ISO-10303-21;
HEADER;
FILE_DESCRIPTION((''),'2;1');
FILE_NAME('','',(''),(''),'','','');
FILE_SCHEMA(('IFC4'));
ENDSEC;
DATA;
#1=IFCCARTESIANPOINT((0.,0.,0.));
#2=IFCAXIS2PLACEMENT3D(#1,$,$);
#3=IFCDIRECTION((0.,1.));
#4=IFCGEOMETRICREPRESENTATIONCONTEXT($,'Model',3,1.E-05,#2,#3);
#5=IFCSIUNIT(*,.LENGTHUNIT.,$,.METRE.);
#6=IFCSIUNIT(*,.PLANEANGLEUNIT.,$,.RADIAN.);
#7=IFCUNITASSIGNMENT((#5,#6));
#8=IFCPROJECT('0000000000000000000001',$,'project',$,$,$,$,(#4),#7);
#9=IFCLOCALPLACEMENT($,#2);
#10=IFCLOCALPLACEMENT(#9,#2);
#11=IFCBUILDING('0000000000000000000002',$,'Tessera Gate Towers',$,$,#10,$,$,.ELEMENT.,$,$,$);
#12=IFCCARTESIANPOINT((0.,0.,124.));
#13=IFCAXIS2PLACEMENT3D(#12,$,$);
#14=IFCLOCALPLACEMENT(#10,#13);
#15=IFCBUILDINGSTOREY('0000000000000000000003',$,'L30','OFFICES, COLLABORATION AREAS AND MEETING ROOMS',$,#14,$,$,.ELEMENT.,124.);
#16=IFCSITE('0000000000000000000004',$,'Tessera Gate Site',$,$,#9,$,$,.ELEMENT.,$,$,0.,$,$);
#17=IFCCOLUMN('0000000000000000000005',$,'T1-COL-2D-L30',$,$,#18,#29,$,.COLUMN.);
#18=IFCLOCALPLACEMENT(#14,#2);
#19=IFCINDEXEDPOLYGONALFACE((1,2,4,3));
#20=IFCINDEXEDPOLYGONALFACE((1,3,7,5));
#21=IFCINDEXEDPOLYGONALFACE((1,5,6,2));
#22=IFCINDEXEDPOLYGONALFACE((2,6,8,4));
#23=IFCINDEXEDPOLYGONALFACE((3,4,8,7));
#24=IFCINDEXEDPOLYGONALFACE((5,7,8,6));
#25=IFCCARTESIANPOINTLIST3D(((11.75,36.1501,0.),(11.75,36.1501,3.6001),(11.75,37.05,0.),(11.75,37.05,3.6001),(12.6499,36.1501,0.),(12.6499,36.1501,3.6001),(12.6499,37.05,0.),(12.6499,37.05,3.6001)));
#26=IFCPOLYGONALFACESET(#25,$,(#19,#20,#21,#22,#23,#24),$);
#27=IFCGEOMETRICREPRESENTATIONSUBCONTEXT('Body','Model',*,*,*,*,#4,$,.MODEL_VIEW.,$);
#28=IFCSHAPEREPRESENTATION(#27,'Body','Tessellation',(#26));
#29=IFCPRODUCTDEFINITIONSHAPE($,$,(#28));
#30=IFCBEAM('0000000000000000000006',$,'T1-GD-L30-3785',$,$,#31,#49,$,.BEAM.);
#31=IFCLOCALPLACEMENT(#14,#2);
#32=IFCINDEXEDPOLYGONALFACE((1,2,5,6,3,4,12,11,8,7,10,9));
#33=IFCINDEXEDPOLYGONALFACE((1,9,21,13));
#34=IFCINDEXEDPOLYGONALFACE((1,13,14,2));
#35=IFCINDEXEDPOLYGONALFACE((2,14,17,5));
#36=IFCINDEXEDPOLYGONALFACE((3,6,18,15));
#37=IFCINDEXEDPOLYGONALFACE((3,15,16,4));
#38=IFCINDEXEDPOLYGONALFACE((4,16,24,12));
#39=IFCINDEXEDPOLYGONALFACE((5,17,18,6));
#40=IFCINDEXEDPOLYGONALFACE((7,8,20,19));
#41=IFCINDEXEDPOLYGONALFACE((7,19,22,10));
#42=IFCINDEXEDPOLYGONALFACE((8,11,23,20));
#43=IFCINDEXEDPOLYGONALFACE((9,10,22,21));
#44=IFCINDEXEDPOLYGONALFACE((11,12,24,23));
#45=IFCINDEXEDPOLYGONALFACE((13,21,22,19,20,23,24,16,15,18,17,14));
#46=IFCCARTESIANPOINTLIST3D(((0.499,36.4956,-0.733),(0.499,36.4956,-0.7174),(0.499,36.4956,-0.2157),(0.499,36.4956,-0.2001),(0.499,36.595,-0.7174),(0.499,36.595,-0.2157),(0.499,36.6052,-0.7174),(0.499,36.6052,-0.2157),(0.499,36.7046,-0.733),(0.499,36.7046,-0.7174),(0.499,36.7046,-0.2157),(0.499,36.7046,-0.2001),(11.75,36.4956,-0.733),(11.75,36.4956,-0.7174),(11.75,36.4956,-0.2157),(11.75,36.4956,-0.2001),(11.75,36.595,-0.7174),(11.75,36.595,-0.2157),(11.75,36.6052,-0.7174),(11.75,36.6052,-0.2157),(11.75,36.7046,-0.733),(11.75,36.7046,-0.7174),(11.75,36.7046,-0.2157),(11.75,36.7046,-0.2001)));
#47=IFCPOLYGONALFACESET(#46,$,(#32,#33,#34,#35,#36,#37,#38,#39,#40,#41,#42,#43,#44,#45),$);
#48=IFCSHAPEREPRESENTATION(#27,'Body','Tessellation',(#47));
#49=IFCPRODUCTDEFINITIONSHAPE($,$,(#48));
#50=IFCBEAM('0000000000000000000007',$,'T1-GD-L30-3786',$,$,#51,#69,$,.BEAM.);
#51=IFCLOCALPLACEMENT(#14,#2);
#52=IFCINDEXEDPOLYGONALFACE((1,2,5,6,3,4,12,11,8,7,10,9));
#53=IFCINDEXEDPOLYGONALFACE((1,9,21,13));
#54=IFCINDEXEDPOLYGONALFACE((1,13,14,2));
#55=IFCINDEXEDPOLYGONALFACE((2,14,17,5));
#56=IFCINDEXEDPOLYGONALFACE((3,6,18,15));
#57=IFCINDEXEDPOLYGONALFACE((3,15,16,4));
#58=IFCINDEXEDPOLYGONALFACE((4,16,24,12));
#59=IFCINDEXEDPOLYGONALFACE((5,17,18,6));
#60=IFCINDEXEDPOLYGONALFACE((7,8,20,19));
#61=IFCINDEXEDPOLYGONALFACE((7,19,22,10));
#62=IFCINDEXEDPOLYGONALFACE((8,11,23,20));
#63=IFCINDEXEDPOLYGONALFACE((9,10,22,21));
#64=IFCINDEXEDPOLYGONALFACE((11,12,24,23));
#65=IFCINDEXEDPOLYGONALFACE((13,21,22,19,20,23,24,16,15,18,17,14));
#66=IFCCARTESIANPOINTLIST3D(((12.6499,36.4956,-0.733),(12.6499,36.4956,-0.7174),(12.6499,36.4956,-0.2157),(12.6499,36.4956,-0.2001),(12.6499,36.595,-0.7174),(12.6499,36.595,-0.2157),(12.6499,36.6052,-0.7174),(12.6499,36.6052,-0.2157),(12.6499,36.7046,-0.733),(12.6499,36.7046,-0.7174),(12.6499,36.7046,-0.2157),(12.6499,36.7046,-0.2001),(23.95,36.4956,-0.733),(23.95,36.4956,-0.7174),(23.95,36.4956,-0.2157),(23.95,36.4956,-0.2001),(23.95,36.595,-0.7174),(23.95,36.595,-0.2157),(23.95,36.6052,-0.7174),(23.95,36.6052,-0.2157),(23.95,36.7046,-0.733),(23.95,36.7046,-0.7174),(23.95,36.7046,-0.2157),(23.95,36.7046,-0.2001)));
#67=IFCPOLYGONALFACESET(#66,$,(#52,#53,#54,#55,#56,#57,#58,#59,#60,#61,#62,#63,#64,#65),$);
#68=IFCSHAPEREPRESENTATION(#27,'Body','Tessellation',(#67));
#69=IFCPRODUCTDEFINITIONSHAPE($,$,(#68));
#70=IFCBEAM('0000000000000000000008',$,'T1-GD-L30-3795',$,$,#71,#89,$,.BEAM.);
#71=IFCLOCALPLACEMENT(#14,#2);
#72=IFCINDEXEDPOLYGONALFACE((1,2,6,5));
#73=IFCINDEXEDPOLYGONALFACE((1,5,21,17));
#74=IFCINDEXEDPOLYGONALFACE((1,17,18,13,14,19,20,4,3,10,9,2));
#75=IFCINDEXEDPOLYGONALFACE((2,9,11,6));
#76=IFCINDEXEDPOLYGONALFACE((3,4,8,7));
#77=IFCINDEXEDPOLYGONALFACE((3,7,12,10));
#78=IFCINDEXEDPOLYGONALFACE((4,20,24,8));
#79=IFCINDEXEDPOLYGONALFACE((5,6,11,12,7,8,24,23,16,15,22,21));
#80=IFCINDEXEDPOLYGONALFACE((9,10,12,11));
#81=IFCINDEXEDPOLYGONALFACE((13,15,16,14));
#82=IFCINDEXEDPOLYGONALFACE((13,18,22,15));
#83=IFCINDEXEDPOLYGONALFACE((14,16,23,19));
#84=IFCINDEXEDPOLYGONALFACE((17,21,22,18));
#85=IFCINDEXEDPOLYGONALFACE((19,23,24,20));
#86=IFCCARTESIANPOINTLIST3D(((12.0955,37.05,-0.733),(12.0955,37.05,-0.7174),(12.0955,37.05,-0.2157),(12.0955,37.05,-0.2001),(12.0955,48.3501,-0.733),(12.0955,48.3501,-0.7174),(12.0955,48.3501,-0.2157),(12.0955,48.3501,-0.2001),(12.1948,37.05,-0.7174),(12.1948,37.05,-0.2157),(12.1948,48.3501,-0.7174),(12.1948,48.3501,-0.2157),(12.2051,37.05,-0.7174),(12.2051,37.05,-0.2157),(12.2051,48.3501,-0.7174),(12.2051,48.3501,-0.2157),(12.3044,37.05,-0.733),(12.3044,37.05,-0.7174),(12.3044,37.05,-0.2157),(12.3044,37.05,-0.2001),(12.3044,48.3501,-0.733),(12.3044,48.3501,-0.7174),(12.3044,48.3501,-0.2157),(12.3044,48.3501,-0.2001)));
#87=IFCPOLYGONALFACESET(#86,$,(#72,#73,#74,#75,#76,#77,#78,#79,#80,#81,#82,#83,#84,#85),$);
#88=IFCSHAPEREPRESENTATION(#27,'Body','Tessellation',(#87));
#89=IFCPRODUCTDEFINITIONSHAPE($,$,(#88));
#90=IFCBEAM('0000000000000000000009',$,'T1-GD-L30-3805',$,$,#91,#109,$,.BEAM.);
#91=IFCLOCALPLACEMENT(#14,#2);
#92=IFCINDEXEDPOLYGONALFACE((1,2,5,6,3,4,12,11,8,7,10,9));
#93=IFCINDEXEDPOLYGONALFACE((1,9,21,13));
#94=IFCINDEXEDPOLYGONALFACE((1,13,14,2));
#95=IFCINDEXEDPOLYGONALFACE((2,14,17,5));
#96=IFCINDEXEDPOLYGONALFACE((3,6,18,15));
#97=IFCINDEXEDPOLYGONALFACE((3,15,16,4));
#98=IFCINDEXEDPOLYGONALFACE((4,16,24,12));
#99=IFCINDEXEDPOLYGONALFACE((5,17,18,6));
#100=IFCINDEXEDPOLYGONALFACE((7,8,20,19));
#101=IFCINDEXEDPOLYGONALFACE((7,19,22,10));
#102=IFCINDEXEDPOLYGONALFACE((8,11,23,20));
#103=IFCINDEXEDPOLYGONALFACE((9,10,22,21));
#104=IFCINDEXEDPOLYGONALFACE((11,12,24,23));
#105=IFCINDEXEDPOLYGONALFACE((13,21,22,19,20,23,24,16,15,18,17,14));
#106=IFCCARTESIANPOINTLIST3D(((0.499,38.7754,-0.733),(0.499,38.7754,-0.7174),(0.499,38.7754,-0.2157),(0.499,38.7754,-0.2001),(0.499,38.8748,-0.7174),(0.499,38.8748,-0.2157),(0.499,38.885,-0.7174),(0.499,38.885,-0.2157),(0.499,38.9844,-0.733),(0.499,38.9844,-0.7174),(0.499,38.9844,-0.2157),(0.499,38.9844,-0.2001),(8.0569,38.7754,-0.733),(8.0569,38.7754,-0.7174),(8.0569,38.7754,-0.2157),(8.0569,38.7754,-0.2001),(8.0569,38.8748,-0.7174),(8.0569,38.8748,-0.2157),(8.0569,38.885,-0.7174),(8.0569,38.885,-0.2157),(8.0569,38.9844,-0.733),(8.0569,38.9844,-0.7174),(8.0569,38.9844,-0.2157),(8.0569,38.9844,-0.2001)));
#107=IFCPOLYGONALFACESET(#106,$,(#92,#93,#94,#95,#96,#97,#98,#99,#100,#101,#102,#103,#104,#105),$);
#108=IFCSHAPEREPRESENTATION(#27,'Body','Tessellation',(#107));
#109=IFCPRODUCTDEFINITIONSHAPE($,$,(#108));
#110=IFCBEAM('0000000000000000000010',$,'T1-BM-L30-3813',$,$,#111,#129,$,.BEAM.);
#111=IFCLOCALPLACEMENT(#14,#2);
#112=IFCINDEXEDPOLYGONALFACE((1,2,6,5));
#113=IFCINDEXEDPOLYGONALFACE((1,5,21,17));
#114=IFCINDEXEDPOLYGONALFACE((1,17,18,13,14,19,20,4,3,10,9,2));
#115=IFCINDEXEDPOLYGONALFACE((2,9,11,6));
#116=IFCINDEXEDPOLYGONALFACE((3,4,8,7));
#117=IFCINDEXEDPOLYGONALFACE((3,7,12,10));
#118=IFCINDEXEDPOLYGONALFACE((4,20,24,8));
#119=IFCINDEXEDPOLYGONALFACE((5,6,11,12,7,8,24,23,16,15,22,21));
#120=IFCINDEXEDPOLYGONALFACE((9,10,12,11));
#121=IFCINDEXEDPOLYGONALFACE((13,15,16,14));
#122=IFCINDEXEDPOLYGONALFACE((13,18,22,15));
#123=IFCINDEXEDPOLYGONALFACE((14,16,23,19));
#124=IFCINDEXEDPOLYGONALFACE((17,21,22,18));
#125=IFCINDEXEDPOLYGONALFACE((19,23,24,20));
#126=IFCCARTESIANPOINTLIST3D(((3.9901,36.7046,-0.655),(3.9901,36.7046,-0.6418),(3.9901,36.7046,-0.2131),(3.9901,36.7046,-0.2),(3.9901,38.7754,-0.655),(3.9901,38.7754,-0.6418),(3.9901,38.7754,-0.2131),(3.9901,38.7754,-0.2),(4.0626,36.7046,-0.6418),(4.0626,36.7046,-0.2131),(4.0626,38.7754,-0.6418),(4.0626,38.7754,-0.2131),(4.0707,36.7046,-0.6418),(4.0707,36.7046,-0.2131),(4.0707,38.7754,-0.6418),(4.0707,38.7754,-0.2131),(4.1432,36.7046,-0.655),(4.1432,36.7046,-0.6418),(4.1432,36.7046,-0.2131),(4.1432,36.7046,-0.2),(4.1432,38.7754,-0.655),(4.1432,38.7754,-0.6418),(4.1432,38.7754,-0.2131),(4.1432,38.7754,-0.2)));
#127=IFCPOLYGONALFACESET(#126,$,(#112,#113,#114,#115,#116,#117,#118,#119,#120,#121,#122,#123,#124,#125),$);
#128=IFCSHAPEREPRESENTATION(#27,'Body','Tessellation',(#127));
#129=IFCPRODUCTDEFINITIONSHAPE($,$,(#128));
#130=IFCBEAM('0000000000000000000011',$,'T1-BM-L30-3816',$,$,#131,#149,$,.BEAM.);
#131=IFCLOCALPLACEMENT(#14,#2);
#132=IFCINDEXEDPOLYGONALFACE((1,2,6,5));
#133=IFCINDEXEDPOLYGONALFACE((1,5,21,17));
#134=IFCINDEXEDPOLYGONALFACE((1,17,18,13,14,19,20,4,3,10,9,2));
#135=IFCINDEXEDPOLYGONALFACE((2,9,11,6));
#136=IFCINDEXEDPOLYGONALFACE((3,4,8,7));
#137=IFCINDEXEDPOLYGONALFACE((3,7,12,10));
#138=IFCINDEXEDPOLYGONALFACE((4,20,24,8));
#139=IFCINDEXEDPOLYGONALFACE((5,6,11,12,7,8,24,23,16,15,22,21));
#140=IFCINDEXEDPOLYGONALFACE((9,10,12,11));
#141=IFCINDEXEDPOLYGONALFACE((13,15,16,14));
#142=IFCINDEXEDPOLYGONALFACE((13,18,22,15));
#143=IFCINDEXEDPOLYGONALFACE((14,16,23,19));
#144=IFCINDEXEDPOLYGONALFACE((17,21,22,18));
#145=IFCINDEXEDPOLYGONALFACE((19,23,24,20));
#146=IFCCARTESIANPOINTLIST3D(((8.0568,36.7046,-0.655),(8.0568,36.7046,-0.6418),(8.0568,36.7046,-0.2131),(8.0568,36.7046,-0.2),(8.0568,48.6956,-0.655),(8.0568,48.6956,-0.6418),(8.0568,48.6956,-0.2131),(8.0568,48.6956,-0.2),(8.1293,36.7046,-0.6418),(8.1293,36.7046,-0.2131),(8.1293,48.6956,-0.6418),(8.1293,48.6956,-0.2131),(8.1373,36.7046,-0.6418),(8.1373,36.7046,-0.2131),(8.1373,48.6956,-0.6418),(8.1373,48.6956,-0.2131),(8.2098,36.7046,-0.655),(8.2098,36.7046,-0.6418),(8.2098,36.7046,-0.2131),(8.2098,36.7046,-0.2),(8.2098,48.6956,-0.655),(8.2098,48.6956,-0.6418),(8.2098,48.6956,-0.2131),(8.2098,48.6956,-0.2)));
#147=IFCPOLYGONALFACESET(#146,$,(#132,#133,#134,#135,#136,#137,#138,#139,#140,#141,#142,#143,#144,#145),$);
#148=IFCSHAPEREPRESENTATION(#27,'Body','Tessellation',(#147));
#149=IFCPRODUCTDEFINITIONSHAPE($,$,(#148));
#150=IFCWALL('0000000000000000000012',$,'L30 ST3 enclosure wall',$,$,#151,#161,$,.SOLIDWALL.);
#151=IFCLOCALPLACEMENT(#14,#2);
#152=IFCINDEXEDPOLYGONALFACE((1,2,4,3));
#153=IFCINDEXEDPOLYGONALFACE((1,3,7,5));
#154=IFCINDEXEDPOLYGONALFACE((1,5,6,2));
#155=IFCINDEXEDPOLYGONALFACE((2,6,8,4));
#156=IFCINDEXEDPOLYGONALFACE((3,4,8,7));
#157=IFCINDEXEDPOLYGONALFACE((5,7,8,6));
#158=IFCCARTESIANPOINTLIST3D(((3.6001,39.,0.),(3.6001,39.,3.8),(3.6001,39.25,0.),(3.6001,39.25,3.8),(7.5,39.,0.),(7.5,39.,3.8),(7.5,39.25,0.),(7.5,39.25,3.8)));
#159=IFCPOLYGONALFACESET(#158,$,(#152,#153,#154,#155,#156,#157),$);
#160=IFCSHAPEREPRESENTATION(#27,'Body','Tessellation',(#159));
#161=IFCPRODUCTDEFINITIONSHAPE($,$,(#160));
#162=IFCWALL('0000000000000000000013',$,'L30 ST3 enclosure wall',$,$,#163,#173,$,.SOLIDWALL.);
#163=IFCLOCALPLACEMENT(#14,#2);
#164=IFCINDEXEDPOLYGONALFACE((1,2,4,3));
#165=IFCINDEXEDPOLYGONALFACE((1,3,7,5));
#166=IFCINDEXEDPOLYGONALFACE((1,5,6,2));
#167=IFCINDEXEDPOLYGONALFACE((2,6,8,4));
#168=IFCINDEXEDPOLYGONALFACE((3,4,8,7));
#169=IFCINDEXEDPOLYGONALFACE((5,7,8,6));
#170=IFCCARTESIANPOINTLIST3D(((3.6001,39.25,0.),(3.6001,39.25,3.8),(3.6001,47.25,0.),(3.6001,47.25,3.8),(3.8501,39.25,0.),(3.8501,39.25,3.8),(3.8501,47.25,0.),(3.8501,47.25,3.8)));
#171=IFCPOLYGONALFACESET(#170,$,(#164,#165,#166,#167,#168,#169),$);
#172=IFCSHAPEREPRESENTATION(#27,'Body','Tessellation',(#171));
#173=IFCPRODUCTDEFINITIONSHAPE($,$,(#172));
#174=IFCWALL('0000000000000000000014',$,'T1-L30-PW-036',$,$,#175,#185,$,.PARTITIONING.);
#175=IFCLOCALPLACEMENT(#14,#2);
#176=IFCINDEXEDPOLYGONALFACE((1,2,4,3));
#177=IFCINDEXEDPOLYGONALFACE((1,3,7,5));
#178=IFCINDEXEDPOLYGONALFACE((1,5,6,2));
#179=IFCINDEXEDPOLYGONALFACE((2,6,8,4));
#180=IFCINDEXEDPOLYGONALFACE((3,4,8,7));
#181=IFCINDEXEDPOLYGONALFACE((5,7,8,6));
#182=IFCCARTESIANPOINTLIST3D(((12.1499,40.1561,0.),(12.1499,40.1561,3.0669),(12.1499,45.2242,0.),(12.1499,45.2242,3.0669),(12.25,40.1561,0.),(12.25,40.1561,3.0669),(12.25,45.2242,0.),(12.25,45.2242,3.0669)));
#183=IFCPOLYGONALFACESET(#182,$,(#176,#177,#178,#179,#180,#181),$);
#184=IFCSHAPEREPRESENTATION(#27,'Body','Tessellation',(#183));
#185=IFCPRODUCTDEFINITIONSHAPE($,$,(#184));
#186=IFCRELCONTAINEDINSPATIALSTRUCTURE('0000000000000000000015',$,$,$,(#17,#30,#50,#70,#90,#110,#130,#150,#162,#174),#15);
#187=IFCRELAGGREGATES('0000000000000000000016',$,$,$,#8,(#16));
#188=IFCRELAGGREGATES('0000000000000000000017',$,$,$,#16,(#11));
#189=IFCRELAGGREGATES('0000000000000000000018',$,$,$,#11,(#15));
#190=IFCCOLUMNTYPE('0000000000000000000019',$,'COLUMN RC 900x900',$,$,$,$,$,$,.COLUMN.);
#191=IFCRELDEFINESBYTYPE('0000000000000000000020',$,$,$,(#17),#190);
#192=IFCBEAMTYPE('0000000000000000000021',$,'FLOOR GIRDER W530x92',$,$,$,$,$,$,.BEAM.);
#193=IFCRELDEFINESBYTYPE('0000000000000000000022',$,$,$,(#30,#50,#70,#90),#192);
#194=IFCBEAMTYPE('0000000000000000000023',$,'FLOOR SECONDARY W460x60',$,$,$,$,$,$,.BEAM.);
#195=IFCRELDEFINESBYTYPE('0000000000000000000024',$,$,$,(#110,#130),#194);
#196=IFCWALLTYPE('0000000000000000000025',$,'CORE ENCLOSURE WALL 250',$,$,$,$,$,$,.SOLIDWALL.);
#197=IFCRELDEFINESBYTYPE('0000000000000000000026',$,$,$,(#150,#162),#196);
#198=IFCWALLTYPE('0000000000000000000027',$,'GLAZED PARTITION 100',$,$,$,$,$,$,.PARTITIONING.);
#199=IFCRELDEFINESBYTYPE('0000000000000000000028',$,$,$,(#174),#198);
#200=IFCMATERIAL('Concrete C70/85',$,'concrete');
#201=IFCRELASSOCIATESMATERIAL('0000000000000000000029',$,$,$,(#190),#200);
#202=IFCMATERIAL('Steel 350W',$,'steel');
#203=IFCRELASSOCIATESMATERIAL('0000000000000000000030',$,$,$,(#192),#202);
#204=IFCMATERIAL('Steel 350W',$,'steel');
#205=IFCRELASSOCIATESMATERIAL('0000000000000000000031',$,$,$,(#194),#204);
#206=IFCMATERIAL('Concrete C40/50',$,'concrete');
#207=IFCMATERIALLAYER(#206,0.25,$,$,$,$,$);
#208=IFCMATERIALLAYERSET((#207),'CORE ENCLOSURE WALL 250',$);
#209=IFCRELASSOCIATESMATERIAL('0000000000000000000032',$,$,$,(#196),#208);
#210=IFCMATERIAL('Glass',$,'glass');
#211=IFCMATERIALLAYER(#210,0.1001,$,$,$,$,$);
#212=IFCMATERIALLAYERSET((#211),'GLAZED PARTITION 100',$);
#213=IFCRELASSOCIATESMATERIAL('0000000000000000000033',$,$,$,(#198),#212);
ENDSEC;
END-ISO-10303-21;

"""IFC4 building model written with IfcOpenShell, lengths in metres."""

from ifc_helpers import new_model, si_unit, direction, frame, frame_2d, origin, origin_2d, place, context, subcontext, project, spatial, rectangle, i_section, extrude, material, layer, layer_set, material_profile, profile_set, type_object, element, save


model = new_model("IFC4")

# Units and contexts
model_context = context("Model", 3, precision=1e-05, world=origin(), true_north=direction((0.0, 1.0)))
body_context = subcontext(model_context, "Body", "Model", "MODEL_VIEW")
ifc_project = project(units=[si_unit("LENGTHUNIT", "METRE"), si_unit("PLANEANGLEUNIT", "RADIAN")], contexts=[model_context])

# Site, building, storey
site_placement = place(None, origin())
site = spatial("IfcSite", under=ifc_project, at=site_placement, Name="Tessera Gate Site", CompositionType="ELEMENT", RefElevation=0.0)
building_placement = place(site_placement, origin())
building = spatial("IfcBuilding", under=site, at=building_placement, Name="Tessera Gate Towers", CompositionType="ELEMENT")
storey_placement = place(building_placement, frame((0.0, 0.0, 124.0)))
storey = spatial("IfcBuildingStorey", under=building, at=storey_placement, Name="L30", Description="OFFICES, COLLABORATION AREAS AND MEETING ROOMS", CompositionType="ELEMENT", Elevation=124.0)

# Column
ifc_material_1 = material(Name="Concrete C70/85", Category="concrete")
ifc_material_profile_1 = material_profile(ifc_material_1, rectangle(XDim=0.8999, YDim=0.8999, at=origin_2d()), Name="RC 900x900")
ifc_profile_set_1 = profile_set([ifc_material_profile_1], Name="Concrete C70/85")
column_type = type_object("IfcColumnType", Name="COLUMN RC 900x900", PredefinedType="COLUMN", material=ifc_profile_set_1)
column_placement = place(storey_placement, frame((12.2, 36.6001, 0.0), z_axis=(0.0, 0.0, 1.0), x_axis=(1.0, 0.0, 0.0)))
element("IfcColumn", 1, at=column_placement, inside=storey, type_object=column_type, Name="T1-COL-2D-L30", PredefinedType="COLUMN", context=body_context, shape_type="SweptSolid", body=[
    extrude(rectangle(XDim=0.8999, YDim=0.8999, at=origin_2d()), origin(), (0.0, 0.0, 1.0), 3.6001),
])

# Beams
ifc_material_2 = material(Name="Steel 350W", Category="steel")
ifc_material_profile_2 = material_profile(ifc_material_2, i_section(OverallWidth=0.209, OverallDepth=0.533, WebThickness=0.0103, FlangeThickness=0.0156, at=origin_2d()), Name="W530x92")
ifc_profile_set_2 = profile_set([ifc_material_profile_2], Name="Steel 350W")
beam_type_1 = type_object("IfcBeamType", Name="FLOOR GIRDER W530x92", PredefinedType="BEAM", material=ifc_profile_set_2)
beam_1_placement = place(storey_placement, frame((0.499, 36.6001, -0.4666), z_axis=(1.0, 0.0, 0.0), x_axis=(0.0, 1.0, 0.0)))
element("IfcBeam", 2, at=beam_1_placement, inside=storey, type_object=beam_type_1, Name="T1-GD-L30-3785", PredefinedType="BEAM", context=body_context, shape_type="SweptSolid", body=[
    extrude(i_section(OverallWidth=0.209, OverallDepth=0.533, WebThickness=0.0103, FlangeThickness=0.0156, at=origin_2d()), origin(), (0.0, 0.0, 1.0), 11.251),
])
for number, where, z_axis, x_axis, name in (
    (3, (12.6499, 36.6001, -0.4666), (1.0, 0.0, 0.0), (0.0, 1.0, 0.0), "T1-GD-L30-3786"),
    (4, (12.2, 37.05, -0.4666), (0.0, 1.0, 0.0), (-1.0, 0.0, 0.0), "T1-GD-L30-3795"),
):
    element("IfcBeam", number, at=place(storey_placement, frame(where, z_axis=z_axis, x_axis=x_axis)), inside=storey, type_object=beam_type_1, Name=name, PredefinedType="BEAM", context=body_context, shape_type="SweptSolid", body=[
        extrude(i_section(OverallWidth=0.209, OverallDepth=0.533, WebThickness=0.0103, FlangeThickness=0.0156, at=origin_2d()), origin(), (0.0, 0.0, 1.0), 11.3),
    ])
beam_2_placement = place(storey_placement, frame((0.499, 38.8799, -0.4666), z_axis=(1.0, 0.0, 0.0), x_axis=(0.0, 1.0, 0.0)))
element("IfcBeam", 5, at=beam_2_placement, inside=storey, type_object=beam_type_1, Name="T1-GD-L30-3805", PredefinedType="BEAM", context=body_context, shape_type="SweptSolid", body=[
    extrude(i_section(OverallWidth=0.209, OverallDepth=0.533, WebThickness=0.0103, FlangeThickness=0.0156, at=origin_2d()), origin(), (0.0, 0.0, 1.0), 7.5579),
])
ifc_material_3 = material(Name="Steel 350W", Category="steel")
ifc_material_profile_3 = material_profile(ifc_material_3, i_section(OverallWidth=0.1531, OverallDepth=0.4551, WebThickness=0.0081, FlangeThickness=0.0132, at=origin_2d()), Name="W460x60")
ifc_profile_set_3 = profile_set([ifc_material_profile_3], Name="Steel 350W")
beam_type_2 = type_object("IfcBeamType", Name="FLOOR SECONDARY W460x60", PredefinedType="BEAM", material=ifc_profile_set_3)
beam_3_placement = place(storey_placement, frame((4.0667, 36.7046, -0.4275), z_axis=(0.0, 1.0, 0.0), x_axis=(-1.0, 0.0, 0.0)))
element("IfcBeam", 6, at=beam_3_placement, inside=storey, type_object=beam_type_2, Name="T1-BM-L30-3813", PredefinedType="BEAM", context=body_context, shape_type="SweptSolid", body=[
    extrude(i_section(OverallWidth=0.1531, OverallDepth=0.4551, WebThickness=0.0081, FlangeThickness=0.0132, at=origin_2d()), origin(), (0.0, 0.0, 1.0), 2.0708),
])
beam_4_placement = place(storey_placement, frame((8.1333, 36.7046, -0.4275), z_axis=(0.0, 1.0, 0.0), x_axis=(-1.0, 0.0, 0.0)))
element("IfcBeam", 7, at=beam_4_placement, inside=storey, type_object=beam_type_2, Name="T1-BM-L30-3816", PredefinedType="BEAM", context=body_context, shape_type="SweptSolid", body=[
    extrude(i_section(OverallWidth=0.1531, OverallDepth=0.4551, WebThickness=0.0081, FlangeThickness=0.0132, at=origin_2d()), origin(), (0.0, 0.0, 1.0), 11.991),
])

# Walls
ifc_material_4 = material(Name="Concrete C40/50", Category="concrete")
ifc_layer_1 = layer(ifc_material_4, 0.25)
ifc_layer_set_1 = layer_set([ifc_layer_1], Name="CORE ENCLOSURE WALL 250")
wall_type_1 = type_object("IfcWallType", Name="CORE ENCLOSURE WALL 250", PredefinedType="SOLIDWALL", material=ifc_layer_set_1)
wall_1_placement = place(storey_placement, frame((7.5, 39.125, 0.0), z_axis=(0.0, 0.0, 1.0), x_axis=(-1.0, 0.0, 0.0)))
element("IfcWall", 8, at=wall_1_placement, inside=storey, type_object=wall_type_1, Name="L30 ST3 enclosure wall", PredefinedType="SOLIDWALL", context=body_context, shape_type="SweptSolid", body=[
    extrude(rectangle(XDim=3.8999, YDim=0.25, at=frame_2d((1.95, 0.0))), origin(), (0.0, 0.0, 1.0), 3.8),
])
wall_2_placement = place(storey_placement, frame((3.7251, 39.25, 0.0), z_axis=(0.0, 0.0, 1.0), x_axis=(0.0, 1.0, 0.0)))
element("IfcWall", 9, at=wall_2_placement, inside=storey, type_object=wall_type_1, Name="L30 ST3 enclosure wall", PredefinedType="SOLIDWALL", context=body_context, shape_type="SweptSolid", body=[
    extrude(rectangle(XDim=8.0, YDim=0.25, at=frame_2d((4.0, 0.0))), origin(), (0.0, 0.0, 1.0), 3.8),
])
ifc_material_5 = material(Name="Glass", Category="glass")
ifc_layer_2 = layer(ifc_material_5, 0.1001)
ifc_layer_set_2 = layer_set([ifc_layer_2], Name="GLAZED PARTITION 100")
wall_type_2 = type_object("IfcWallType", Name="GLAZED PARTITION 100", PredefinedType="PARTITIONING", material=ifc_layer_set_2)
wall_3_placement = place(storey_placement, frame((12.2, 40.156, 0.0), z_axis=(0.0, 0.0, 1.0), x_axis=(0.0, 1.0, 0.0)))
element("IfcWall", 10, at=wall_3_placement, inside=storey, type_object=wall_type_2, Name="T1-L30-PW-036", PredefinedType="PARTITIONING", context=body_context, shape_type="SweptSolid", body=[
    extrude(rectangle(XDim=5.0681, YDim=0.1001, at=frame_2d((2.5342, 0.0))), origin(), (0.0, 0.0, 1.0), 3.0669),
])

save(model, "model.ifc")
